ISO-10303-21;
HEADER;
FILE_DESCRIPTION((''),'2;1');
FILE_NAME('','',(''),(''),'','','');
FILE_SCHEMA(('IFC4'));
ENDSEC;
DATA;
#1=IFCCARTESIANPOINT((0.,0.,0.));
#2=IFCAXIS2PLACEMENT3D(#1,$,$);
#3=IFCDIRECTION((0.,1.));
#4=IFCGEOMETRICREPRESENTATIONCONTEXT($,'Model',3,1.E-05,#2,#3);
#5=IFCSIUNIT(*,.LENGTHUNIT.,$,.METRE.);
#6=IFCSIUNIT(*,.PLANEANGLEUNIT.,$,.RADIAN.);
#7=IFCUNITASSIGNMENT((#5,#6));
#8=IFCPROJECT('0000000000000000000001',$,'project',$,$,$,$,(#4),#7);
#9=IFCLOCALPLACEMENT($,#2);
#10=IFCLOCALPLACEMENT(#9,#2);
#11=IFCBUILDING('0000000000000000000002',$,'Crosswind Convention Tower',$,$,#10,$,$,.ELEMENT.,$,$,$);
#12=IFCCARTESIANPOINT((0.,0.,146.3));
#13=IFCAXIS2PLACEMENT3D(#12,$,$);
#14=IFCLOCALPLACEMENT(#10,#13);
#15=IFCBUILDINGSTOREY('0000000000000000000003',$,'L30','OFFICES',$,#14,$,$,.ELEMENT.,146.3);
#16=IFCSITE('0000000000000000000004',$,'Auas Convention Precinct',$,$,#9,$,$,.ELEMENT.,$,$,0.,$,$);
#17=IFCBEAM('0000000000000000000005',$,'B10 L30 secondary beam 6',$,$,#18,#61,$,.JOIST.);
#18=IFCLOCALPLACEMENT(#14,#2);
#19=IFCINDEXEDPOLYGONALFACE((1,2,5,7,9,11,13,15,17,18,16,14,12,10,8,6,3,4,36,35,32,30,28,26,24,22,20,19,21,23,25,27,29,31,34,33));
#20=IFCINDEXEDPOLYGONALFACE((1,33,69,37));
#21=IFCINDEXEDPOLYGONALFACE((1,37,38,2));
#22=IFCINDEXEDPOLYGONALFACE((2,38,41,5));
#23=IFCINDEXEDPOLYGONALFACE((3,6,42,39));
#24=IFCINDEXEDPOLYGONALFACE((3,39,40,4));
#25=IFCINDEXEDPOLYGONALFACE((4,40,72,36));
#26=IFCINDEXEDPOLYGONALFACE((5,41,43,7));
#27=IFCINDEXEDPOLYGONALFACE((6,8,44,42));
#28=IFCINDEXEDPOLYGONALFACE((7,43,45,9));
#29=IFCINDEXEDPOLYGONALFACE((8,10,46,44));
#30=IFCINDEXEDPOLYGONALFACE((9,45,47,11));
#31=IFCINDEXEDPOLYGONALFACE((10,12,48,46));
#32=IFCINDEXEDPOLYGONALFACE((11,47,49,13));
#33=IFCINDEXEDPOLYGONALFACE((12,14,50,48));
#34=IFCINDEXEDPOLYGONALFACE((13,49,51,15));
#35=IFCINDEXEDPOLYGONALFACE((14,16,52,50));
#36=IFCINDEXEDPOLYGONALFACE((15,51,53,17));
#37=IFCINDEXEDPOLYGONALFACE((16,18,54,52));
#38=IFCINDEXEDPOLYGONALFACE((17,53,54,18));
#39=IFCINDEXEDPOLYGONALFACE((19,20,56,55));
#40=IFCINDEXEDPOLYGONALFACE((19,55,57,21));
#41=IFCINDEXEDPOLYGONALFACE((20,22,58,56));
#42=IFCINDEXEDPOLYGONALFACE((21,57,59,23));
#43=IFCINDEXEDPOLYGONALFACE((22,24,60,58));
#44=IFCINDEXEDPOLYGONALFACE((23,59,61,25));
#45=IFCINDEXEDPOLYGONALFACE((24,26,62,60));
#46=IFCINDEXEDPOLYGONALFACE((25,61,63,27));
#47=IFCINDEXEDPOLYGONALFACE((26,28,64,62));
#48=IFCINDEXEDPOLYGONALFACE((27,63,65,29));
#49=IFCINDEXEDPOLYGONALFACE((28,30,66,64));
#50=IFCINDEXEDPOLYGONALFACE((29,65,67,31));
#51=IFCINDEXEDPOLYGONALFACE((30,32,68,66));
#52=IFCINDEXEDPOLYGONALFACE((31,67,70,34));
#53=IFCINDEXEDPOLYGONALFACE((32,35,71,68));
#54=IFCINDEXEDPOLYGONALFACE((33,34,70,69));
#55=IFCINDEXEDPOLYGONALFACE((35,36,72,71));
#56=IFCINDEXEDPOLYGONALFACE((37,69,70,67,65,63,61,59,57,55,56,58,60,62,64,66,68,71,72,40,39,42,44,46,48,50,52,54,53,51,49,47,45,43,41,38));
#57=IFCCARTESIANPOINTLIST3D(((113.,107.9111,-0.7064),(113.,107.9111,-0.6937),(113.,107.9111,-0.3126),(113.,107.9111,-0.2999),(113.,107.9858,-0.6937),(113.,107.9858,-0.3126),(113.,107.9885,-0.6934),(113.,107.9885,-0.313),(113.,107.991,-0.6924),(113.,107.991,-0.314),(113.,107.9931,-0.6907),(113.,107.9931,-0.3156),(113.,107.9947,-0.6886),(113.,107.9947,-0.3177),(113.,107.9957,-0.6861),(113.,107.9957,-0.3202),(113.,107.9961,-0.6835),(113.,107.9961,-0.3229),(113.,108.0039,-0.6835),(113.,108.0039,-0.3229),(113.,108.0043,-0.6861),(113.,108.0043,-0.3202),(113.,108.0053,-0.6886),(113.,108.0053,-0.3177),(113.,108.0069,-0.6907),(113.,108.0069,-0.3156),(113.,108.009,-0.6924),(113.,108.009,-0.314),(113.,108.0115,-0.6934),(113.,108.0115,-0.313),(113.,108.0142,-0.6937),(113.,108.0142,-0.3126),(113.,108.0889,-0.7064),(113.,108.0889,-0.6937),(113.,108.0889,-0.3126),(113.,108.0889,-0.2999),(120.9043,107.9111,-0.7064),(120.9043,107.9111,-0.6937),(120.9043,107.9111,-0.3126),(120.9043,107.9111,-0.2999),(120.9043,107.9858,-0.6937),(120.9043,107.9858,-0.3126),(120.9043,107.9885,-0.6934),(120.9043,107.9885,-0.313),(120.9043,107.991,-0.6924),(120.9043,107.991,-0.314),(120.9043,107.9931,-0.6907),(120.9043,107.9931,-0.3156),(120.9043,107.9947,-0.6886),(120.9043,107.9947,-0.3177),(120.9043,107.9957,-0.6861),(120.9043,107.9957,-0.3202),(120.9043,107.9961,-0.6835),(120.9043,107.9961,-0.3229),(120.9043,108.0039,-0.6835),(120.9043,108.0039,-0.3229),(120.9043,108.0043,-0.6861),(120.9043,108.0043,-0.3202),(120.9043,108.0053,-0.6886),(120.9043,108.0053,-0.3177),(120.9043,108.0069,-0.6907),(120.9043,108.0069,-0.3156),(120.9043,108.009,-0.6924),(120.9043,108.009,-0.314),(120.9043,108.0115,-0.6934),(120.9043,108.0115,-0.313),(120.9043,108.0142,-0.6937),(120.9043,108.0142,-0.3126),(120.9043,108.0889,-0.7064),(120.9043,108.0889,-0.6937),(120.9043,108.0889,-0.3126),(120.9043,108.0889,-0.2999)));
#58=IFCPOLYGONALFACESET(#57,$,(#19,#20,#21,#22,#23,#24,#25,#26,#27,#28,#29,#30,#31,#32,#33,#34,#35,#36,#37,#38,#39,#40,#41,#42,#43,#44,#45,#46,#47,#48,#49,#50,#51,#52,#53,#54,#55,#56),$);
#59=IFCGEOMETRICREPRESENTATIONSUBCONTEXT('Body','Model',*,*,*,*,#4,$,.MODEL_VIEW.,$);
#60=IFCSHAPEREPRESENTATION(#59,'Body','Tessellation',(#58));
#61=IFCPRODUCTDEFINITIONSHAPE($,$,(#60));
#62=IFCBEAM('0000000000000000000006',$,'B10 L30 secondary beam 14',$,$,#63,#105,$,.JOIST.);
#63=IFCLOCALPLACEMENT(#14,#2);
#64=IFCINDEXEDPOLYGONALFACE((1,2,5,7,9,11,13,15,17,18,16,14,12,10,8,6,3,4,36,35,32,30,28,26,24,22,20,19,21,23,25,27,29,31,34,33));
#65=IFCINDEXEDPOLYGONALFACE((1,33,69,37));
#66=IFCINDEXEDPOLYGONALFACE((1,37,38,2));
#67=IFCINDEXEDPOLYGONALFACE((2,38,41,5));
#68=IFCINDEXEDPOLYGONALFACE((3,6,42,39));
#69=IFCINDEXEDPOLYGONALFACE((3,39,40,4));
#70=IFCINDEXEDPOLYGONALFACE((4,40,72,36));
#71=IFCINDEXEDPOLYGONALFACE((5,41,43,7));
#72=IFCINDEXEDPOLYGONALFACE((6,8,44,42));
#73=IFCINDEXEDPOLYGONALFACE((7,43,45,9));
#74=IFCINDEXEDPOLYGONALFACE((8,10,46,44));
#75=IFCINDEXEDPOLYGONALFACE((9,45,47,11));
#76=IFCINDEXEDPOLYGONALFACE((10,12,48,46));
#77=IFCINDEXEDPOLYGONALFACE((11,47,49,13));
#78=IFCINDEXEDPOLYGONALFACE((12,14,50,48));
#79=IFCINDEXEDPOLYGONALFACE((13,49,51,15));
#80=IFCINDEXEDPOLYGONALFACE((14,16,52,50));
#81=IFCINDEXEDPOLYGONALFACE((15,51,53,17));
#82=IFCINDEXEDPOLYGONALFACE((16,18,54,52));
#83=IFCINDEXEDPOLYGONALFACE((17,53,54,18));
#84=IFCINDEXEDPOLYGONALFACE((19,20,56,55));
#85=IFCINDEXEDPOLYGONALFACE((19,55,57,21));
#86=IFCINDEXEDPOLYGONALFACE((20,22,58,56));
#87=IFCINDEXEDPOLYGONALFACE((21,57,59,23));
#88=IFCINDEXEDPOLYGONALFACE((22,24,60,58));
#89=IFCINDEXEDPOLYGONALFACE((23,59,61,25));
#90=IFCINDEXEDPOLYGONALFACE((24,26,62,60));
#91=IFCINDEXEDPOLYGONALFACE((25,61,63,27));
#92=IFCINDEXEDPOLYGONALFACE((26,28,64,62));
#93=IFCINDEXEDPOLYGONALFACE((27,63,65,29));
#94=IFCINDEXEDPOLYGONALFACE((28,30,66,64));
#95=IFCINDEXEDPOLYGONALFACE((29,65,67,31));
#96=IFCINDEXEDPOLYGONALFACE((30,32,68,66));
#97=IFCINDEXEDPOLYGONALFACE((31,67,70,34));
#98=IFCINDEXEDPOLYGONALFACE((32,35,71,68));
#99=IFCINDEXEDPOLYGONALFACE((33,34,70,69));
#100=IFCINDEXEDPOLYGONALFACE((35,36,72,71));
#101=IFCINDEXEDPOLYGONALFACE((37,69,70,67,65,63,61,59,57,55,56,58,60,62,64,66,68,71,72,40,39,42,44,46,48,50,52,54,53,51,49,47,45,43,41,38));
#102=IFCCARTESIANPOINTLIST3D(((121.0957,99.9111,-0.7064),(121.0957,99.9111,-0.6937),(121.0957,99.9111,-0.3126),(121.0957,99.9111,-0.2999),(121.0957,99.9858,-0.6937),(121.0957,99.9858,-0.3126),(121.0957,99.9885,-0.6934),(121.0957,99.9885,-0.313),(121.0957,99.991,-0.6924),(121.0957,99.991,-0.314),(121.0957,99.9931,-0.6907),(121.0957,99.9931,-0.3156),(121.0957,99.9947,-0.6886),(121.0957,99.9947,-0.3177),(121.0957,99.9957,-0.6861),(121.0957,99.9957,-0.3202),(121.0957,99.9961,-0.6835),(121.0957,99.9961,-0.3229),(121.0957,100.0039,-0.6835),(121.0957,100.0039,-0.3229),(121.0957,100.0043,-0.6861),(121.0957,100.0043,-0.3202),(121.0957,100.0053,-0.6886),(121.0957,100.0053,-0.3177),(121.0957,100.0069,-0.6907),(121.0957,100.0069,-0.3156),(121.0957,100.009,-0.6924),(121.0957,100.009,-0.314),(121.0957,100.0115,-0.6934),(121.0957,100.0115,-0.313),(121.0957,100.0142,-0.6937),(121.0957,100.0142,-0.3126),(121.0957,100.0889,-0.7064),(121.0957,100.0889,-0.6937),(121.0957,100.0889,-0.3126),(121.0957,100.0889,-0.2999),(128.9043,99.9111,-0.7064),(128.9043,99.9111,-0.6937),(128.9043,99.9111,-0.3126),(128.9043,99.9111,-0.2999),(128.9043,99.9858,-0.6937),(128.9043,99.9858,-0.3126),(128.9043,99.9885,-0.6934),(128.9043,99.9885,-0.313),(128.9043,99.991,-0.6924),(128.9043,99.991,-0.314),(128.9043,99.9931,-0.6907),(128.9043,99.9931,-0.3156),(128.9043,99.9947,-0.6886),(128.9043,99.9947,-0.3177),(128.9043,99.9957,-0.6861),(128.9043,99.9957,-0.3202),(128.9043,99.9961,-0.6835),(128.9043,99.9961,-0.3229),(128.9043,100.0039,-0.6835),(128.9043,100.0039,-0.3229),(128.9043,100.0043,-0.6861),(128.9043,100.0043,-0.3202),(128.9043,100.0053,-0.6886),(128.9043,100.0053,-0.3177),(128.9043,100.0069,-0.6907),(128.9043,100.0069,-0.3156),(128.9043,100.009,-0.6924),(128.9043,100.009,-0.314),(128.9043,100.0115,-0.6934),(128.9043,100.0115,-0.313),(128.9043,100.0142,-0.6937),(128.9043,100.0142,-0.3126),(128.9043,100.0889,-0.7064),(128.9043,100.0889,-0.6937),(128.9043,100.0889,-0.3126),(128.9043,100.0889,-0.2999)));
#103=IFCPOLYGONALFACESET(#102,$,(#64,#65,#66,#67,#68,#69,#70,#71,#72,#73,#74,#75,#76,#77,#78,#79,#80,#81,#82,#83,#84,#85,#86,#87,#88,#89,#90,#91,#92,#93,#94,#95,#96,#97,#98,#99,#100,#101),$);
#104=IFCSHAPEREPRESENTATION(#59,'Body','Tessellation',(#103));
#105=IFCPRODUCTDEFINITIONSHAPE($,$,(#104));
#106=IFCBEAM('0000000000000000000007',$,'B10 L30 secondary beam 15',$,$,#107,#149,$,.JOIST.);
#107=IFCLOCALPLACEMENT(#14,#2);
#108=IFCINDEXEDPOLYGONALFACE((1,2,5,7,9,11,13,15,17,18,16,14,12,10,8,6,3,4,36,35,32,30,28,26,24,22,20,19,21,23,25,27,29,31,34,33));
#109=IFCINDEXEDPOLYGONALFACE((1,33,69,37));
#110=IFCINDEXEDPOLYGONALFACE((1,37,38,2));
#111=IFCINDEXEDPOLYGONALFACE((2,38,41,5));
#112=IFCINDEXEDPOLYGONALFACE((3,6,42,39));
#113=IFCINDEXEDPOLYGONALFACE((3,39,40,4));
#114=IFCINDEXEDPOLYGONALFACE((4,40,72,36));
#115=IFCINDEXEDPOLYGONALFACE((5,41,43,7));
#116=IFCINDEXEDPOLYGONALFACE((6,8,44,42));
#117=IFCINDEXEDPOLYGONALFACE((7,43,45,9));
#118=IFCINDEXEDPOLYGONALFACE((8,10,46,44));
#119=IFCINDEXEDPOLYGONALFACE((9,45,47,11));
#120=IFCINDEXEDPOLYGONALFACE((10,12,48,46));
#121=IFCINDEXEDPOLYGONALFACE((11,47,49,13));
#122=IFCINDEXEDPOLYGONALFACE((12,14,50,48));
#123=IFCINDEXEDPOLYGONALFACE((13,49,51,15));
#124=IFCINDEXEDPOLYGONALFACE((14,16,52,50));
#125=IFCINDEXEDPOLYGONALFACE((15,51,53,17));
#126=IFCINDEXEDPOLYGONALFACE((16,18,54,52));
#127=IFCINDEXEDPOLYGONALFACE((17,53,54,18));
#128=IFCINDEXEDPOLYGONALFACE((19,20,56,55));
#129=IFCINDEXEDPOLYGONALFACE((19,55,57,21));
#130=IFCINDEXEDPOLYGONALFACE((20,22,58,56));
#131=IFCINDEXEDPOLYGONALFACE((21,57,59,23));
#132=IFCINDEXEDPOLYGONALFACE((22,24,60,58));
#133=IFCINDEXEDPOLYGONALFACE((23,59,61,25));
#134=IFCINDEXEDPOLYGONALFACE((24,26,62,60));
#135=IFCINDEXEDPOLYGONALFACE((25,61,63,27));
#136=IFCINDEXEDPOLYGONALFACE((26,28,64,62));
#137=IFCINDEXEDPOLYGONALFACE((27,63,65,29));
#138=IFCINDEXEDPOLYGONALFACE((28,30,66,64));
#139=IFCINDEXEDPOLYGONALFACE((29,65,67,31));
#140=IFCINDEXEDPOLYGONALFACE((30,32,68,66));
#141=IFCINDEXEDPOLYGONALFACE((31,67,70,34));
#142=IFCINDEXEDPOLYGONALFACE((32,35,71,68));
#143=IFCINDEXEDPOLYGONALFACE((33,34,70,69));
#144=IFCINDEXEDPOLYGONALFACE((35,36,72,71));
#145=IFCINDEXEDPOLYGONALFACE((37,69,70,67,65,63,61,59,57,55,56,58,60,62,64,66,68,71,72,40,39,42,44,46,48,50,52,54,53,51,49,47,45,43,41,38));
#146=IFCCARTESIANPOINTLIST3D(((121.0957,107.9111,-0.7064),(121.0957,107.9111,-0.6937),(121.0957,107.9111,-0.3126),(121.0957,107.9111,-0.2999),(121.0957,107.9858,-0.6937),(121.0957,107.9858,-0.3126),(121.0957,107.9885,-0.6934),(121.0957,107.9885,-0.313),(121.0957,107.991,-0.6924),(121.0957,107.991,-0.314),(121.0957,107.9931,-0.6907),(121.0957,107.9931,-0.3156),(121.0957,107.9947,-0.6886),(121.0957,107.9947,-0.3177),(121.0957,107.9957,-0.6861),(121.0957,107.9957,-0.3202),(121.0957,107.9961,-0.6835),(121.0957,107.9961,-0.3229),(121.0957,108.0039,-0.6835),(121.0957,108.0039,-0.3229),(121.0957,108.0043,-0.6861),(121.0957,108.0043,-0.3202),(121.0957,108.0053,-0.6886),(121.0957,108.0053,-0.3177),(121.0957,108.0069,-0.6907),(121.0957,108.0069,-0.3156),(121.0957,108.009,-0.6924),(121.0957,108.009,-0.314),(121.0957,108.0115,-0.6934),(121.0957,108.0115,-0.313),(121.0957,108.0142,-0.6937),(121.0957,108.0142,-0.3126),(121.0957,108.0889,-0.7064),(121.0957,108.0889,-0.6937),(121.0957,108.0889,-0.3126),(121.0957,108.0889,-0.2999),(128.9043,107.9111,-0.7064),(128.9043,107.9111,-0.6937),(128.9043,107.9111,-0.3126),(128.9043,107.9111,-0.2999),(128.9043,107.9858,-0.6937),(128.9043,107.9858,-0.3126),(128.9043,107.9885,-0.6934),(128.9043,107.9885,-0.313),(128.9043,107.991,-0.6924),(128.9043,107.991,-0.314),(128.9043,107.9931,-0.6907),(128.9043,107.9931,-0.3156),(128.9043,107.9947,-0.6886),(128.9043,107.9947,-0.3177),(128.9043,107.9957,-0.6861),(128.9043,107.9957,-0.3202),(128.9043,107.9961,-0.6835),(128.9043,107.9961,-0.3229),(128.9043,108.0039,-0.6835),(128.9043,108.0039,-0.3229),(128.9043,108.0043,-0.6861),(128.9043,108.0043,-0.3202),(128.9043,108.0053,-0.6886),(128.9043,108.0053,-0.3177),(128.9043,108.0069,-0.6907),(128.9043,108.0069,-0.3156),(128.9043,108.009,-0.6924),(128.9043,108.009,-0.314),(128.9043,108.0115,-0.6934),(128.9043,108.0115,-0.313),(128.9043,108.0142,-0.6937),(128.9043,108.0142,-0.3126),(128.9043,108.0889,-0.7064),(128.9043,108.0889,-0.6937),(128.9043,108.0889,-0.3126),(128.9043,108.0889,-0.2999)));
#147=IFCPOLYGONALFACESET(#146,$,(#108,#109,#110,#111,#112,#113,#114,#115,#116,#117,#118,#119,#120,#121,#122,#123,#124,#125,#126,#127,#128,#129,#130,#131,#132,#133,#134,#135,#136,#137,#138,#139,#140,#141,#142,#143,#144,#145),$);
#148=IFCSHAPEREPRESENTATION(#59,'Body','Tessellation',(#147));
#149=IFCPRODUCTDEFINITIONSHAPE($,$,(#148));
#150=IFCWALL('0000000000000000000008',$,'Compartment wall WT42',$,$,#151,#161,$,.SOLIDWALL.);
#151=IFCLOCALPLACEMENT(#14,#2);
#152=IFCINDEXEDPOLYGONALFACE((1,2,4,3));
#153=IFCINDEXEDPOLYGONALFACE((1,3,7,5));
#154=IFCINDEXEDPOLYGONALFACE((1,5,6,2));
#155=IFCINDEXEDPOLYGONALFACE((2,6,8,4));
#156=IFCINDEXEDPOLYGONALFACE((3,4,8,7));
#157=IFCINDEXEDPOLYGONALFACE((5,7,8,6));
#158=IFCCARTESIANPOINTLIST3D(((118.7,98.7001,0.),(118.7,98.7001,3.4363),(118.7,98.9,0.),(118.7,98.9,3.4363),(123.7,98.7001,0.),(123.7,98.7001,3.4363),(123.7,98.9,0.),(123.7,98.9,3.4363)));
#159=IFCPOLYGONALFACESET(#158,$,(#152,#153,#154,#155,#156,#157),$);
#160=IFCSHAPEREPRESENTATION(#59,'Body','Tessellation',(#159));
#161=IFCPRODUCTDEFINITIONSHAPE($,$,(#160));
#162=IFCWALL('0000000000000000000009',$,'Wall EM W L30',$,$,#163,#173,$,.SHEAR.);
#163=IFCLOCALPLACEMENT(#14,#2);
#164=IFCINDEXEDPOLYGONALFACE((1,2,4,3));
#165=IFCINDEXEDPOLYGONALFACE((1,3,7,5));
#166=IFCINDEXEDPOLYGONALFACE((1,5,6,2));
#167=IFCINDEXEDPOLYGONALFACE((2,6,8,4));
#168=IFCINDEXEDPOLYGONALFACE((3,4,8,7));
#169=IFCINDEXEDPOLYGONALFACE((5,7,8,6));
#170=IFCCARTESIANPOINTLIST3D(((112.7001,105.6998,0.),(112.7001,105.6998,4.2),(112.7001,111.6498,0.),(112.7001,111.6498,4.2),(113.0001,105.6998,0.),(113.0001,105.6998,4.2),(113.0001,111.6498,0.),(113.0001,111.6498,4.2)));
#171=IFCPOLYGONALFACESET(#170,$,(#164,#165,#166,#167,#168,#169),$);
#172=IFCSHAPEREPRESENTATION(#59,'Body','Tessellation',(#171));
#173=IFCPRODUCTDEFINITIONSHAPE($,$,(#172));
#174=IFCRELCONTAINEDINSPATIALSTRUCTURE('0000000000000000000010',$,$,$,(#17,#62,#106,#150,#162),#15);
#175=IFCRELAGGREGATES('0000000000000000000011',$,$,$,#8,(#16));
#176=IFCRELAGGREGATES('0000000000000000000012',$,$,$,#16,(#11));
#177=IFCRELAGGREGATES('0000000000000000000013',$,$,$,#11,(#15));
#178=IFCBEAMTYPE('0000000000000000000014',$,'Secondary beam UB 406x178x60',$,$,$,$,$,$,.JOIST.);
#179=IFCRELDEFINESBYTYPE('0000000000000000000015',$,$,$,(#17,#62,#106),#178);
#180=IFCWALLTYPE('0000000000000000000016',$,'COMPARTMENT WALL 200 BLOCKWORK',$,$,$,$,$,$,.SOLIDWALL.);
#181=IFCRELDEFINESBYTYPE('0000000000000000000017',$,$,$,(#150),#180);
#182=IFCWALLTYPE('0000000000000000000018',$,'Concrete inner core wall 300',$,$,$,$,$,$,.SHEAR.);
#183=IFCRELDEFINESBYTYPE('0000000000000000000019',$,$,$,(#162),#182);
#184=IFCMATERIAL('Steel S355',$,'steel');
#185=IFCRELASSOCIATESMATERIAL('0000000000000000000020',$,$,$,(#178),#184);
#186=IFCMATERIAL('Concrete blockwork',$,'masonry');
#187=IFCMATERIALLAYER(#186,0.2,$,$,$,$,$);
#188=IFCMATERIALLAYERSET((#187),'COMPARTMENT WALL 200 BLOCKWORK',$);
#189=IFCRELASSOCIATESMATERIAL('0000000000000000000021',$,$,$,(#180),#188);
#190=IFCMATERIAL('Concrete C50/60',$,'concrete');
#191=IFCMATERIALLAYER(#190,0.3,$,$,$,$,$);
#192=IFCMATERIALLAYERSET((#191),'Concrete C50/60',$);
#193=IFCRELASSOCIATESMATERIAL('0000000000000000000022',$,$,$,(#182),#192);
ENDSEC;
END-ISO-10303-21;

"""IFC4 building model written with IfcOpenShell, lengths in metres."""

from ifc_helpers import new_model, si_unit, direction, frame, frame_2d, origin, origin_2d, place, context, subcontext, project, spatial, rectangle, i_section, extrude, material, layer, layer_set, material_profile, profile_set, type_object, element, save


model = new_model("IFC4")

# Units and contexts
model_context = context("Model", 3, precision=1e-05, world=origin(), true_north=direction((0.0, 1.0)))
body_context = subcontext(model_context, "Body", "Model", "MODEL_VIEW")
ifc_project = project(units=[si_unit("LENGTHUNIT", "METRE"), si_unit("PLANEANGLEUNIT", "RADIAN")], contexts=[model_context])

# Site, building, storey
site_placement = place(None, origin())
site = spatial("IfcSite", under=ifc_project, at=site_placement, Name="Auas Convention Precinct", CompositionType="ELEMENT", RefElevation=0.0)
building_placement = place(site_placement, origin())
building = spatial("IfcBuilding", under=site, at=building_placement, Name="Crosswind Convention Tower", CompositionType="ELEMENT")
storey_placement = place(building_placement, frame((0.0, 0.0, 146.3)))
storey = spatial("IfcBuildingStorey", under=building, at=storey_placement, Name="L30", Description="OFFICES", CompositionType="ELEMENT", Elevation=146.3)

# Shared definitions
ifc_material_1 = material(Name="Steel S355", Category="steel")

# Beams
ifc_material_profile_1 = material_profile(ifc_material_1, i_section(OverallWidth=0.1777, OverallDepth=0.4065, WebThickness=0.0078, FlangeThickness=0.0127, FilletRadius=0.0103, at=origin_2d()), Name="UB 406x178x60")
ifc_profile_set_1 = profile_set([ifc_material_profile_1], Name="Steel S355")
beam_type_1 = type_object("IfcBeamType", Name="Secondary beam UB 406x178x60", PredefinedType="JOIST", material=ifc_profile_set_1)
for number, where, z_axis, x_axis, name in (
    (1, (113.0, 108.0, -0.5032), (1.0, 0.0, 0.0), (0.0, 1.0, 0.0), "B10 L30 secondary beam 6"),
):
    element("IfcBeam", number, at=place(storey_placement, frame(where, z_axis=z_axis, x_axis=x_axis)), inside=storey, type_object=beam_type_1, Name=name, PredefinedType="JOIST", context=body_context, shape_type="SweptSolid", body=[
        extrude(i_section(OverallWidth=0.1777, OverallDepth=0.4065, WebThickness=0.0078, FlangeThickness=0.0127, FilletRadius=0.0103, at=origin_2d()), origin(), (0.0, 0.0, 1.0), 7.9043),
    ])
for number, where, z_axis, x_axis, name in (
    (2, (121.0957, 100.0, -0.5032), (1.0, 0.0, 0.0), (0.0, 1.0, 0.0), "B10 L30 secondary beam 14"),
    (3, (121.0957, 108.0, -0.5032), (1.0, 0.0, 0.0), (0.0, 1.0, 0.0), "B10 L30 secondary beam 15"),
):
    element("IfcBeam", number, at=place(storey_placement, frame(where, z_axis=z_axis, x_axis=x_axis)), inside=storey, type_object=beam_type_1, Name=name, PredefinedType="JOIST", context=body_context, shape_type="SweptSolid", body=[
        extrude(i_section(OverallWidth=0.1777, OverallDepth=0.4065, WebThickness=0.0078, FlangeThickness=0.0127, FilletRadius=0.0103, at=origin_2d()), origin(), (0.0, 0.0, 1.0), 7.8086),
    ])

# Wall
ifc_material_2 = material(Name="Concrete blockwork", Category="masonry")
ifc_layer_1 = layer(ifc_material_2, 0.2)
ifc_layer_set_1 = layer_set([ifc_layer_1], Name="COMPARTMENT WALL 200 BLOCKWORK")
wall_type_1 = type_object("IfcWallType", Name="COMPARTMENT WALL 200 BLOCKWORK", PredefinedType="SOLIDWALL", material=ifc_layer_set_1)
wall_1_placement = place(storey_placement, frame((118.7, 98.8, 0.0), z_axis=(0.0, 0.0, 1.0), x_axis=(1.0, 0.0, 0.0)))
element("IfcWall", 4, at=wall_1_placement, inside=storey, type_object=wall_type_1, Name="Compartment wall WT42", PredefinedType="SOLIDWALL", context=body_context, shape_type="SweptSolid", body=[
    extrude(rectangle(XDim=5.0, YDim=0.2, at=frame_2d((2.5, 0.0))), origin(), (0.0, 0.0, 1.0), 3.4363),
])

# Shared definitions
ifc_material_3 = material(Name="Concrete C50/60", Category="concrete")
ifc_layer_2 = layer(ifc_material_3, 0.3)
ifc_layer_set_2 = layer_set([ifc_layer_2], Name="Concrete C50/60")
wall_type_2 = type_object("IfcWallType", Name="Concrete inner core wall 300", PredefinedType="SHEAR", material=ifc_layer_set_2)

# Wall
wall_2_placement = place(storey_placement, frame((112.8501, 111.6499, 0.0), z_axis=(0.0, 0.0, 1.0), x_axis=(0.0, -1.0, 0.0)))
element("IfcWall", 5, at=wall_2_placement, inside=storey, type_object=wall_type_2, Name="Wall EM W L30", PredefinedType="SHEAR", context=body_context, shape_type="SweptSolid", body=[
    extrude(rectangle(XDim=5.95, YDim=0.3, at=frame_2d((2.9751, 0.0))), origin(), (0.0, 0.0, 1.0), 4.2),
])

save(model, "model.ifc")
